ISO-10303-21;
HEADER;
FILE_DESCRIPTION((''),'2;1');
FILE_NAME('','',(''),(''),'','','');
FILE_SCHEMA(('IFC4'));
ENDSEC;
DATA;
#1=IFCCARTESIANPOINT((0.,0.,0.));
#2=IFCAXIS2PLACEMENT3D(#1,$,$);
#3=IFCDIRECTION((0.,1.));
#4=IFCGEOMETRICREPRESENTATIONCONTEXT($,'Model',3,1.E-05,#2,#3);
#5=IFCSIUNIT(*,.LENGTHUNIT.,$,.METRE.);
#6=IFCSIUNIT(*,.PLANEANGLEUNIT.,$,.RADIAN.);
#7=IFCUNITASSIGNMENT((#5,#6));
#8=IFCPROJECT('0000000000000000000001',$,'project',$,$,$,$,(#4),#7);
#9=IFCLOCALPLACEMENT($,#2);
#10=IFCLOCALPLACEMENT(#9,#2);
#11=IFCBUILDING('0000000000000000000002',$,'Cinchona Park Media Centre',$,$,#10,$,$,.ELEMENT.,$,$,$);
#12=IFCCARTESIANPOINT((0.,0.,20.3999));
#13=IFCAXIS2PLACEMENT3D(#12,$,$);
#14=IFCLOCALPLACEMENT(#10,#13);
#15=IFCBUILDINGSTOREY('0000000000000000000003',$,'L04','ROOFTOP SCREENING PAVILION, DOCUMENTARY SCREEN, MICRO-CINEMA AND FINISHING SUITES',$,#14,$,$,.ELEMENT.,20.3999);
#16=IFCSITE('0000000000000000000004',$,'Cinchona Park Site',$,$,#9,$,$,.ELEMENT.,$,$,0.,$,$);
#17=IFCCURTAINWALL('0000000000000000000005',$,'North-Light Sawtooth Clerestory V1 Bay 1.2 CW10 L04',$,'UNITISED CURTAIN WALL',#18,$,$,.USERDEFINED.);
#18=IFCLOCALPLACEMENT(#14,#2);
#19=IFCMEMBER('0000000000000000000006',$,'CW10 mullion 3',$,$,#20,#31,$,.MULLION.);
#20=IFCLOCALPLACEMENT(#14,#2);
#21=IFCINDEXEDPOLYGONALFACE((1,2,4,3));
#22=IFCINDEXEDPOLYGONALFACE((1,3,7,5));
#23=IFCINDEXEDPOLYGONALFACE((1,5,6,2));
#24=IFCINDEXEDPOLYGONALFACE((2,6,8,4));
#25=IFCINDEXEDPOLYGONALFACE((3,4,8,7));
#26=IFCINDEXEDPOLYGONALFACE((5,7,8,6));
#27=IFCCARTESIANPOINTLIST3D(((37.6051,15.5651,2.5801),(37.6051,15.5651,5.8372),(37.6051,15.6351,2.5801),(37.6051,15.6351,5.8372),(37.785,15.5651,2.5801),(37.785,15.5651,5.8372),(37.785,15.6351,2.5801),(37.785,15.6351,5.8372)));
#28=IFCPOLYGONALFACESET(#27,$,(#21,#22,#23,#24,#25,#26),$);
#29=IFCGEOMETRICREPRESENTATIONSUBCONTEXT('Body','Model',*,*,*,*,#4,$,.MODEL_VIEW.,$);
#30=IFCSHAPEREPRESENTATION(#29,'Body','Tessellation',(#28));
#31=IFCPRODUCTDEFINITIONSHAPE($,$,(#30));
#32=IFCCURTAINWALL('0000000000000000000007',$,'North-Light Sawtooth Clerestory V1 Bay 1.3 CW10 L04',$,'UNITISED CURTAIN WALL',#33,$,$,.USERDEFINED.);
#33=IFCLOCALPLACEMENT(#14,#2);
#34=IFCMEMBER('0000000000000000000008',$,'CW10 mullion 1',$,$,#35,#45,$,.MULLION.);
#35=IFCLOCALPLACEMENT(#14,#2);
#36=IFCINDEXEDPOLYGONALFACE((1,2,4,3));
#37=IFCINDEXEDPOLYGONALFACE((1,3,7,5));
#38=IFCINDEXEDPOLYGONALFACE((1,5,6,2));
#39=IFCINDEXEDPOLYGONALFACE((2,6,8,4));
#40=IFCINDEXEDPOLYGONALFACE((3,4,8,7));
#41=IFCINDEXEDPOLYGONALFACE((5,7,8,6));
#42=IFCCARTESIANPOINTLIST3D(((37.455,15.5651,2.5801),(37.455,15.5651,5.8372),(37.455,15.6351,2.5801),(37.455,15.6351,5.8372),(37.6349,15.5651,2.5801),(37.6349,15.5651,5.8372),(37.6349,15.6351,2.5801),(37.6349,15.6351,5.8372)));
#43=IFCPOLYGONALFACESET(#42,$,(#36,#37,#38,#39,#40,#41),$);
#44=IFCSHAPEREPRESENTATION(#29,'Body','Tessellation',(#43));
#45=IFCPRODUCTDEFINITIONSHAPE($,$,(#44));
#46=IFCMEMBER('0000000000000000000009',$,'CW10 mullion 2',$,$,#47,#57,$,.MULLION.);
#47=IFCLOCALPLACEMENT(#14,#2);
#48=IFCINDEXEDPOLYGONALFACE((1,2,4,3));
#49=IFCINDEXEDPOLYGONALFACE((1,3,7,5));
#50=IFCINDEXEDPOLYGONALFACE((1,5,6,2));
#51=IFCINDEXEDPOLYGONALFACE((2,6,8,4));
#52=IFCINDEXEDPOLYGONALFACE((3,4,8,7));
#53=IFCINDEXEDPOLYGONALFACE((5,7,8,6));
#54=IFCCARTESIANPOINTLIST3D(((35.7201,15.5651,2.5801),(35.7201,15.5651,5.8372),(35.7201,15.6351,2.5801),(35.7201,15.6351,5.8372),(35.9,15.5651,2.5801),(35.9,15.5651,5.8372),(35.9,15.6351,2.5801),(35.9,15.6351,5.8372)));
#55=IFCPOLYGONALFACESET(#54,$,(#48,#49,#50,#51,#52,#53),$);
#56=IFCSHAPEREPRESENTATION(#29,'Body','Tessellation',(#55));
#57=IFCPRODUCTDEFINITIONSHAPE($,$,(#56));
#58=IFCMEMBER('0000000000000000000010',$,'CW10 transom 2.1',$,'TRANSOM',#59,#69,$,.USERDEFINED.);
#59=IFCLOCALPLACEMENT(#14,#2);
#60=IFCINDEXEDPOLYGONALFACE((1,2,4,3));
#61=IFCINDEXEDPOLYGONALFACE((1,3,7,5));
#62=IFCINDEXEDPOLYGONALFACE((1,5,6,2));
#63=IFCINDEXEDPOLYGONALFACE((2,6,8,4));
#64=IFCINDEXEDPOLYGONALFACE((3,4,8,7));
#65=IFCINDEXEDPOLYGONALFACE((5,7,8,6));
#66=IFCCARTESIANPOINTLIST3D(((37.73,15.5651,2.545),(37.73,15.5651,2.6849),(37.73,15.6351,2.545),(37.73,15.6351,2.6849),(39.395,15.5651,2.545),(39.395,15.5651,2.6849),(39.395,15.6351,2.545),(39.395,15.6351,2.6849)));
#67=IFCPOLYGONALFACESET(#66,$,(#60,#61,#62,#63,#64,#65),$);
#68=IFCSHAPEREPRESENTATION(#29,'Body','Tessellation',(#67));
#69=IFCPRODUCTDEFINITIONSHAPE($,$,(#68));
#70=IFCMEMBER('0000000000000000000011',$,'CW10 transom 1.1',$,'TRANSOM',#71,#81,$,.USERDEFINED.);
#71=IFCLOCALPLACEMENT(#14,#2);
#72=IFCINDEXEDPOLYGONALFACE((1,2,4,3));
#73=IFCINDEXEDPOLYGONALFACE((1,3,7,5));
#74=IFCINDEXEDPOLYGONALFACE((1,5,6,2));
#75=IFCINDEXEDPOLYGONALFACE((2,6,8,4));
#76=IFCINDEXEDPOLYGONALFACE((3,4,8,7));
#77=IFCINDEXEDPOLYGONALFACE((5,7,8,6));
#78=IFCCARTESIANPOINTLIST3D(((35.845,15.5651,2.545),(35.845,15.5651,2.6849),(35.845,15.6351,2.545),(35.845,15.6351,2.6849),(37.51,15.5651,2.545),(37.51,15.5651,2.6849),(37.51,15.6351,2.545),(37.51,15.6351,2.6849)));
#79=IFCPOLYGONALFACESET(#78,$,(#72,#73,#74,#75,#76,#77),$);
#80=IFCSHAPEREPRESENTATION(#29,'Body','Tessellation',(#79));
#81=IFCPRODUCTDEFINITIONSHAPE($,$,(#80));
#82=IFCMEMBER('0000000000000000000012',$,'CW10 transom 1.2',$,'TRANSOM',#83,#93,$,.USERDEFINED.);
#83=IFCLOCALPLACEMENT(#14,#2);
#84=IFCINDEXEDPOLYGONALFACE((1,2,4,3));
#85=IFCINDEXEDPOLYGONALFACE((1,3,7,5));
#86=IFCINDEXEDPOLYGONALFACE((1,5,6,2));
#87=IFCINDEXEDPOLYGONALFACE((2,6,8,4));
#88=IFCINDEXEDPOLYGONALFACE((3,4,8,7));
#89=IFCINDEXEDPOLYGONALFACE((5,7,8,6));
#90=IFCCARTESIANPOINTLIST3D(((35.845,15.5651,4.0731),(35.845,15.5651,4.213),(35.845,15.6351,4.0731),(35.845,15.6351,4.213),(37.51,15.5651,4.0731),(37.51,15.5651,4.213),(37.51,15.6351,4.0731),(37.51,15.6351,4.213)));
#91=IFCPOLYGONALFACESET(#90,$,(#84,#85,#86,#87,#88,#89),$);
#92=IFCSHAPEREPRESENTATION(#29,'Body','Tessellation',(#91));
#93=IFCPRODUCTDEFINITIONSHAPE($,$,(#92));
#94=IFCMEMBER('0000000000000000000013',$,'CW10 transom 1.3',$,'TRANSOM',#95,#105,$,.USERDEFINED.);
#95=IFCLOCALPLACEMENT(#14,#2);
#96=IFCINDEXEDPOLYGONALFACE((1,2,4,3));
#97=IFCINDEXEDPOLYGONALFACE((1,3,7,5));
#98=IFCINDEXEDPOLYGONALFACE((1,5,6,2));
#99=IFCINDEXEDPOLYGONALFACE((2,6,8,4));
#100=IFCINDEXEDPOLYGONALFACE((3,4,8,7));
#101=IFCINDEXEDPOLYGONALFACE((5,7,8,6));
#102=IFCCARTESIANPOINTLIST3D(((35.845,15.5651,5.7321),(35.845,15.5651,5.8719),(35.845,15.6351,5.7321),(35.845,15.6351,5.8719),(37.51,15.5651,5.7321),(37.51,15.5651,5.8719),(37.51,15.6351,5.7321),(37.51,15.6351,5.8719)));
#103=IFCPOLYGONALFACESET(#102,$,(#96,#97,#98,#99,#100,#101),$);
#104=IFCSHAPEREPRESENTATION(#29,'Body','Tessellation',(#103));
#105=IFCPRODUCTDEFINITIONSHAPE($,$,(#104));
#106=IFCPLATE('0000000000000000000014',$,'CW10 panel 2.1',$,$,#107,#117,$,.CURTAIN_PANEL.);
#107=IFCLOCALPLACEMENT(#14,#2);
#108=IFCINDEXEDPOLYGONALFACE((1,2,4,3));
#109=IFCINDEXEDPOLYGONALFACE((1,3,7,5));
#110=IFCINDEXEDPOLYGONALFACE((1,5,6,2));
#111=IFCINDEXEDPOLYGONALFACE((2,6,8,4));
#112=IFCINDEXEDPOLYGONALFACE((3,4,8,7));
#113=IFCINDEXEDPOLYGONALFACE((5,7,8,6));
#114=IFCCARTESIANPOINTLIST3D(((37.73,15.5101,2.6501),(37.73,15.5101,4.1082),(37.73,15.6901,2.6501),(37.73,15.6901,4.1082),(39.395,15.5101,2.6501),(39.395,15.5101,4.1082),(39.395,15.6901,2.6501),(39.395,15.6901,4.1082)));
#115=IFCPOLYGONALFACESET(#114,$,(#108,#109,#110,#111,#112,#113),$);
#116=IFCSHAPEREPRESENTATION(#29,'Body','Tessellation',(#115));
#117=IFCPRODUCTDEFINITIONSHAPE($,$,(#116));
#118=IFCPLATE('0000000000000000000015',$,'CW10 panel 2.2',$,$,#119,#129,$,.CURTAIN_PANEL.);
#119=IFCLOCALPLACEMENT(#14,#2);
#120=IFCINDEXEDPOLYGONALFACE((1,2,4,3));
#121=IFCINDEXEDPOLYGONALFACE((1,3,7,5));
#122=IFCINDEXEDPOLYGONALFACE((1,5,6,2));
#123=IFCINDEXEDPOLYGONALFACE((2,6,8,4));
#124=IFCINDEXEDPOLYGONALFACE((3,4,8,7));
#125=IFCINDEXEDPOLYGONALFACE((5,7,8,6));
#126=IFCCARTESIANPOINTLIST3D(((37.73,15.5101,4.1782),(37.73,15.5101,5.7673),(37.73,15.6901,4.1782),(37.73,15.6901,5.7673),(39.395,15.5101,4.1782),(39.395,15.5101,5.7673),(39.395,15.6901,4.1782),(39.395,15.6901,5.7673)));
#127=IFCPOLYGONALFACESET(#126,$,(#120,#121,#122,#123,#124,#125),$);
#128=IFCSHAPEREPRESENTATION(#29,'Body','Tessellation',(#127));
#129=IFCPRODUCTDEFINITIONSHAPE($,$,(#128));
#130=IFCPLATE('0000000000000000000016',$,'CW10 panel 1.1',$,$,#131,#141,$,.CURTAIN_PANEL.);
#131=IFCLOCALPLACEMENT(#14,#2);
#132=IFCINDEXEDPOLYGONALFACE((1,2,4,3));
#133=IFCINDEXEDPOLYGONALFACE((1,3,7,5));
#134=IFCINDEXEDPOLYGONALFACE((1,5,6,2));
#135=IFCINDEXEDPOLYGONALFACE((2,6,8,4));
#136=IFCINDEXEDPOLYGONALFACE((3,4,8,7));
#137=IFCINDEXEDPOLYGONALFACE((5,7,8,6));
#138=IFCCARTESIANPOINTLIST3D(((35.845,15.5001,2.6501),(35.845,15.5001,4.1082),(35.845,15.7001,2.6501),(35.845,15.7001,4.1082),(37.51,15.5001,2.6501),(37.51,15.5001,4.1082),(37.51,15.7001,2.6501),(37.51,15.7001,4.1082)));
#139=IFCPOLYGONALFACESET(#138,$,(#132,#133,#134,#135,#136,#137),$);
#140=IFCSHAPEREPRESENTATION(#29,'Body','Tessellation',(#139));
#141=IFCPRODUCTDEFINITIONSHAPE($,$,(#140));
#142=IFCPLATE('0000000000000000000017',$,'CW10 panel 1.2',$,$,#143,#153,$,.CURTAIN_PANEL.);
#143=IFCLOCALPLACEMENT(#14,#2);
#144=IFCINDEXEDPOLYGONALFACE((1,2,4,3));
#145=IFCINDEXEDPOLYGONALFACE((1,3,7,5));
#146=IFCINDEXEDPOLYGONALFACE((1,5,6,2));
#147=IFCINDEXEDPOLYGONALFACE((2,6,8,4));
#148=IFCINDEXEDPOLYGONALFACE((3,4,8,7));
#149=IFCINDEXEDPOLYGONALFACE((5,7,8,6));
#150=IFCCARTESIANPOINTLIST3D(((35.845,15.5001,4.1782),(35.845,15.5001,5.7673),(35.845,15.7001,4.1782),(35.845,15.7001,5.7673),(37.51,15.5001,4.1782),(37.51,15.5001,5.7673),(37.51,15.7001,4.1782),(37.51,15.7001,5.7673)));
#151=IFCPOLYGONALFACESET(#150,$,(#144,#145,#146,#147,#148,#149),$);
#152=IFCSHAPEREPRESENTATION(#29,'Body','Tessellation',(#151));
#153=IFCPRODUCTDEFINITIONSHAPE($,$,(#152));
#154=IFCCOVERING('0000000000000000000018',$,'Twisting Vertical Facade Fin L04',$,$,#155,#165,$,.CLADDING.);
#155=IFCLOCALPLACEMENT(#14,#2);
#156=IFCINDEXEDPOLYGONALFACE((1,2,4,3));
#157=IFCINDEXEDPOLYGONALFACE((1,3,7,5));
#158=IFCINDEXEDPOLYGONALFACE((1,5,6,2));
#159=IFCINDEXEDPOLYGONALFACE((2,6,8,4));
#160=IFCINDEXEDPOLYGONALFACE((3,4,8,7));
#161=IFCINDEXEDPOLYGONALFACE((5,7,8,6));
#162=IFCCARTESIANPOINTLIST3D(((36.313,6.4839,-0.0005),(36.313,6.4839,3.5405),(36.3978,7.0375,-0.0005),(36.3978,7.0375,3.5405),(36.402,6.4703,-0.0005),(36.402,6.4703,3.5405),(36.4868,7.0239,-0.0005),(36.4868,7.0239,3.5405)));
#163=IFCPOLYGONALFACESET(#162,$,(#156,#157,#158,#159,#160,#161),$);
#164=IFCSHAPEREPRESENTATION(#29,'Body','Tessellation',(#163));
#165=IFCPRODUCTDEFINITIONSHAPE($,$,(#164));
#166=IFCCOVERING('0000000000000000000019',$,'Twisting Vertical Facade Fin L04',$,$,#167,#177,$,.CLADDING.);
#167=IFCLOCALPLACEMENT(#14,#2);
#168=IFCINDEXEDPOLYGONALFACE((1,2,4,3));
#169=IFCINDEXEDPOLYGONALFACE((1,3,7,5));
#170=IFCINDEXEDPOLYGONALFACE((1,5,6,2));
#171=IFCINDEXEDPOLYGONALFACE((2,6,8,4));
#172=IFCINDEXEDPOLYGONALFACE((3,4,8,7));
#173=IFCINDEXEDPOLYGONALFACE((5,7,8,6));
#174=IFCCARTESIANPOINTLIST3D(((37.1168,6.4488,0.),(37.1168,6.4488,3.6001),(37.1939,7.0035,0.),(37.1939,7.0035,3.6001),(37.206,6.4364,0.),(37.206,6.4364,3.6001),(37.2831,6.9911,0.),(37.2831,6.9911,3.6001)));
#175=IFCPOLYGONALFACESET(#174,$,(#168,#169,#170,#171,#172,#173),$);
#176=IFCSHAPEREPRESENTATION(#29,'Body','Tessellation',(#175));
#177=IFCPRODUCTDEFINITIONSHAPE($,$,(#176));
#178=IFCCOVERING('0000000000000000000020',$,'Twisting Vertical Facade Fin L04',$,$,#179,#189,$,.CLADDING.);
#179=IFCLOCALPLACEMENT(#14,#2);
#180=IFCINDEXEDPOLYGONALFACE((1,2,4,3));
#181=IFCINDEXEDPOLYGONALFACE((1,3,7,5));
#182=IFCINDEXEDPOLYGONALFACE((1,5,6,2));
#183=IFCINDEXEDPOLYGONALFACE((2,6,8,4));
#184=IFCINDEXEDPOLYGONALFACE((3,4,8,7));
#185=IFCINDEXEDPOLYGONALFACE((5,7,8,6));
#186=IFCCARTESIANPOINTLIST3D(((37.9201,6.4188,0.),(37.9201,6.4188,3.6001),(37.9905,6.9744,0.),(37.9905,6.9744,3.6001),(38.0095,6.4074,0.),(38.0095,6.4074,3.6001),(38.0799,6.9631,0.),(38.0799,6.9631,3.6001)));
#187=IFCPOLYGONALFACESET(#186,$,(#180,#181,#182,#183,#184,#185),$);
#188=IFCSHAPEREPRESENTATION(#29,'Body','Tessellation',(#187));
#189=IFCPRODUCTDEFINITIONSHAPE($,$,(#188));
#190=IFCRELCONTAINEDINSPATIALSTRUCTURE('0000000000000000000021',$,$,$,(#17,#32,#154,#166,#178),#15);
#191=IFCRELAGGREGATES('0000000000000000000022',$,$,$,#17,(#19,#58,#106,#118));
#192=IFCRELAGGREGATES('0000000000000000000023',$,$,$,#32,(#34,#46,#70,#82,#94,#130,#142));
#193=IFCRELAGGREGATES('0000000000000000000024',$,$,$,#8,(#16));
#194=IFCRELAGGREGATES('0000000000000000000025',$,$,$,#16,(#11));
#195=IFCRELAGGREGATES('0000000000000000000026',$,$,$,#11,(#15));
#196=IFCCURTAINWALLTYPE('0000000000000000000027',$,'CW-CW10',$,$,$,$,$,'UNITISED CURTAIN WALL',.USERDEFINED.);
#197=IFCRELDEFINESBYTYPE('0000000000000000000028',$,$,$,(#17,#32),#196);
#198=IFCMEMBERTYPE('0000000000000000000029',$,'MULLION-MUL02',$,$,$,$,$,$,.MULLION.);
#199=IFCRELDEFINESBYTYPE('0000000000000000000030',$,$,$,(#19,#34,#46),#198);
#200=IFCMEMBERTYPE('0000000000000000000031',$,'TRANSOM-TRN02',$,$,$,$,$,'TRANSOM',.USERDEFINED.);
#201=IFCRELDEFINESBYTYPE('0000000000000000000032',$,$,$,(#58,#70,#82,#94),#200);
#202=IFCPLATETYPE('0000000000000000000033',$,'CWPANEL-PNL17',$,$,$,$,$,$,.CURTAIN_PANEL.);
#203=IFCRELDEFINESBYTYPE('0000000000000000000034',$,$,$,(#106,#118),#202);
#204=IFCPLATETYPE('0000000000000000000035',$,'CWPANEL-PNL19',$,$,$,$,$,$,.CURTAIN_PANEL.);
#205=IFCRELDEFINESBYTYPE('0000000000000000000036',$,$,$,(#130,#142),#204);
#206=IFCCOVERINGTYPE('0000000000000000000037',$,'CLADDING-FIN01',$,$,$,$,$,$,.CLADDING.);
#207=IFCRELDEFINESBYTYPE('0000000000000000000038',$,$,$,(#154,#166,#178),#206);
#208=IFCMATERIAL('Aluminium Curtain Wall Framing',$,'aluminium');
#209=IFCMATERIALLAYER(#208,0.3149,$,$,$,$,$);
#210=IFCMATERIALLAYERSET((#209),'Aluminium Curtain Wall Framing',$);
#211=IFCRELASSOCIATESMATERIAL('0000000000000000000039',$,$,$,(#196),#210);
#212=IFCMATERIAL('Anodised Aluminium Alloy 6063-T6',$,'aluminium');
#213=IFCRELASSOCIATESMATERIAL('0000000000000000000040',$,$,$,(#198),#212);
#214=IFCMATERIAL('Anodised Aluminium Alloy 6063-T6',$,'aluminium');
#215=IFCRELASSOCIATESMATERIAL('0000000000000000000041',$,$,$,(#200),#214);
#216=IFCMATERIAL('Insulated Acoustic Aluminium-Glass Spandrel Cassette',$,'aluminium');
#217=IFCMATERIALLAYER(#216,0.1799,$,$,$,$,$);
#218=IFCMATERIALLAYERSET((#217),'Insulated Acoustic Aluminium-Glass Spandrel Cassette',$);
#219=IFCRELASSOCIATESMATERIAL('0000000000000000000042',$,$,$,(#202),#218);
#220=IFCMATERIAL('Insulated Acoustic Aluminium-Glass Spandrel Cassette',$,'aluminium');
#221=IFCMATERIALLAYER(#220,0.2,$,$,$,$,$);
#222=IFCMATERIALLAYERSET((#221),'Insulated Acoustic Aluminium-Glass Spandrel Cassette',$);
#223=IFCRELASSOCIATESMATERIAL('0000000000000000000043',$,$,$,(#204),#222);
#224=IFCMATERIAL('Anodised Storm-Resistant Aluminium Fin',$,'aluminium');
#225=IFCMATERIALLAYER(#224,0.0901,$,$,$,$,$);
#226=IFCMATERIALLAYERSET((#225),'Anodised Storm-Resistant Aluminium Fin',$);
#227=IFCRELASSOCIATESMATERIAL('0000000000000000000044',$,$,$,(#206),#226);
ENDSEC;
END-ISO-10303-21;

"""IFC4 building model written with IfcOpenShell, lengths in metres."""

from ifc_helpers import new_model, si_unit, direction, frame, origin, origin_2d, place, context, subcontext, project, spatial, rectangle, extrude, material, layer, layer_set, material_profile, profile_set, type_object, element, aggregate, save


model = new_model("IFC4")

# Units and contexts
model_context = context("Model", 3, precision=1e-05, world=origin(), true_north=direction((0.0, 1.0)))
body_context = subcontext(model_context, "Body", "Model", "MODEL_VIEW")
ifc_project = project(units=[si_unit("LENGTHUNIT", "METRE"), si_unit("PLANEANGLEUNIT", "RADIAN")], contexts=[model_context])

# Site, building, storey
site_placement = place(None, origin())
site = spatial("IfcSite", under=ifc_project, at=site_placement, Name="Cinchona Park Site", CompositionType="ELEMENT", RefElevation=0.0)
building_placement = place(site_placement, origin())
building = spatial("IfcBuilding", under=site, at=building_placement, Name="Cinchona Park Media Centre", CompositionType="ELEMENT")
storey_placement = place(building_placement, frame((0.0, 0.0, 20.3999)))
storey = spatial("IfcBuildingStorey", under=building, at=storey_placement, Name="L04", Description="ROOFTOP SCREENING PAVILION, DOCUMENTARY SCREEN, MICRO-CINEMA AND FINISHING SUITES", CompositionType="ELEMENT", Elevation=20.3999)

# Curtain wall, member
ifc_material_1 = material(Name="Aluminium Curtain Wall Framing", Category="aluminium")
ifc_layer_1 = layer(ifc_material_1, 0.3149)
ifc_layer_set_1 = layer_set([ifc_layer_1], Name="Aluminium Curtain Wall Framing")
curtain_wall_type = type_object("IfcCurtainWallType", Name="CW-CW10", ElementType="UNITISED CURTAIN WALL", PredefinedType="USERDEFINED", material=ifc_layer_set_1)
curtain_wall_1_placement = place(storey_placement, origin())
curtain_wall_1 = element("IfcCurtainWall", 1, at=curtain_wall_1_placement, inside=storey, type_object=curtain_wall_type, Name="North-Light Sawtooth Clerestory V1 Bay 1.2 CW10 L04", ObjectType="UNITISED CURTAIN WALL", PredefinedType="USERDEFINED")
ifc_material_2 = material(Name="Anodised Aluminium Alloy 6063-T6", Category="aluminium")
ifc_material_profile_1 = material_profile(ifc_material_2, rectangle(XDim=0.0701, YDim=0.1799, at=origin_2d()), Name="MUL-70X180")
ifc_profile_set_1 = profile_set([ifc_material_profile_1], Name="Anodised Aluminium Alloy 6063-T6")
member_type_1 = type_object("IfcMemberType", Name="MULLION-MUL02", PredefinedType="MULLION", material=ifc_profile_set_1)
member_1_placement = place(storey_placement, frame((37.6951, 15.6001, 2.5801), z_axis=(0.0, 0.0, 1.0), x_axis=(0.0, -1.0, 0.0)))
member_1 = element("IfcMember", 2, at=member_1_placement, type_object=member_type_1, Name="CW10 mullion 3", PredefinedType="MULLION", context=body_context, shape_type="SweptSolid", body=[
    extrude(rectangle(XDim=0.0701, YDim=0.1799, at=origin_2d()), origin(), (0.0, 0.0, 1.0), 3.2571),
])

# Curtain wall, members
curtain_wall_2_placement = place(storey_placement, origin())
curtain_wall_2 = element("IfcCurtainWall", 3, at=curtain_wall_2_placement, inside=storey, type_object=curtain_wall_type, Name="North-Light Sawtooth Clerestory V1 Bay 1.3 CW10 L04", ObjectType="UNITISED CURTAIN WALL", PredefinedType="USERDEFINED")
member_2_placement = place(storey_placement, frame((37.5449, 15.6001, 2.5801), z_axis=(0.0, 0.0, 1.0), x_axis=(0.0, -1.0, 0.0)))
member_2 = element("IfcMember", 4, at=member_2_placement, type_object=member_type_1, Name="CW10 mullion 1", PredefinedType="MULLION", context=body_context, shape_type="SweptSolid", body=[
    extrude(rectangle(XDim=0.0701, YDim=0.1799, at=origin_2d()), origin(), (0.0, 0.0, 1.0), 3.2571),
])
member_3_placement = place(storey_placement, frame((35.8101, 15.6001, 2.5801), z_axis=(0.0, 0.0, 1.0), x_axis=(0.0, -1.0, 0.0)))
member_3 = element("IfcMember", 5, at=member_3_placement, type_object=member_type_1, Name="CW10 mullion 2", PredefinedType="MULLION", context=body_context, shape_type="SweptSolid", body=[
    extrude(rectangle(XDim=0.0701, YDim=0.1799, at=origin_2d()), origin(), (0.0, 0.0, 1.0), 3.2571),
])

# Members
ifc_material_3 = material(Name="Anodised Aluminium Alloy 6063-T6", Category="aluminium")
ifc_material_profile_2 = material_profile(ifc_material_3, rectangle(XDim=0.0701, YDim=0.1399, at=origin_2d()), Name="TRN-70X140")
ifc_profile_set_2 = profile_set([ifc_material_profile_2], Name="Anodised Aluminium Alloy 6063-T6")
member_type_2 = type_object("IfcMemberType", Name="TRANSOM-TRN02", ElementType="TRANSOM", PredefinedType="USERDEFINED", material=ifc_profile_set_2)
member_4_placement = place(storey_placement, frame((39.395, 15.6001, 2.615), z_axis=(-1.0, 0.0, 0.0), x_axis=(0.0, -1.0, 0.0)))
member_4 = element("IfcMember", 6, at=member_4_placement, type_object=member_type_2, Name="CW10 transom 2.1", ObjectType="TRANSOM", PredefinedType="USERDEFINED", context=body_context, shape_type="SweptSolid", body=[
    extrude(rectangle(XDim=0.0701, YDim=0.1399, at=origin_2d()), origin(), (0.0, 0.0, 1.0), 1.665),
])
member_5_placement = place(storey_placement, frame((37.51, 15.6001, 2.615), z_axis=(-1.0, 0.0, 0.0), x_axis=(0.0, -1.0, 0.0)))
member_5 = element("IfcMember", 7, at=member_5_placement, type_object=member_type_2, Name="CW10 transom 1.1", ObjectType="TRANSOM", PredefinedType="USERDEFINED", context=body_context, shape_type="SweptSolid", body=[
    extrude(rectangle(XDim=0.0701, YDim=0.1399, at=origin_2d()), origin(), (0.0, 0.0, 1.0), 1.665),
])
member_6_placement = place(storey_placement, frame((37.51, 15.6001, 4.1431), z_axis=(-1.0, 0.0, 0.0), x_axis=(0.0, -1.0, 0.0)))
member_6 = element("IfcMember", 8, at=member_6_placement, type_object=member_type_2, Name="CW10 transom 1.2", ObjectType="TRANSOM", PredefinedType="USERDEFINED", context=body_context, shape_type="SweptSolid", body=[
    extrude(rectangle(XDim=0.0701, YDim=0.1399, at=origin_2d()), origin(), (0.0, 0.0, 1.0), 1.665),
])
member_7_placement = place(storey_placement, frame((37.51, 15.6001, 5.802), z_axis=(-1.0, 0.0, 0.0), x_axis=(0.0, -1.0, 0.0)))
member_7 = element("IfcMember", 9, at=member_7_placement, type_object=member_type_2, Name="CW10 transom 1.3", ObjectType="TRANSOM", PredefinedType="USERDEFINED", context=body_context, shape_type="SweptSolid", body=[
    extrude(rectangle(XDim=0.0701, YDim=0.1399, at=origin_2d()), origin(), (0.0, 0.0, 1.0), 1.665),
])

# Plates
ifc_material_4 = material(Name="Insulated Acoustic Aluminium-Glass Spandrel Cassette", Category="aluminium")
ifc_layer_2 = layer(ifc_material_4, 0.1799)
ifc_layer_set_2 = layer_set([ifc_layer_2], Name="Insulated Acoustic Aluminium-Glass Spandrel Cassette")
plate_type_1 = type_object("IfcPlateType", Name="CWPANEL-PNL17", PredefinedType="CURTAIN_PANEL", material=ifc_layer_set_2)
plate_1_placement = place(storey_placement, frame((38.5625, 15.6001, 2.6501), z_axis=(0.0, 0.0, 1.0), x_axis=(-1.0, 0.0, 0.0)))
plate_1 = element("IfcPlate", 10, at=plate_1_placement, type_object=plate_type_1, Name="CW10 panel 2.1", PredefinedType="CURTAIN_PANEL", context=body_context, shape_type="SweptSolid", body=[
    extrude(rectangle(XDim=1.665, YDim=0.1799, at=origin_2d()), origin(), (0.0, 0.0, 1.0), 1.458),
])
plate_2_placement = place(storey_placement, frame((38.5625, 15.6001, 4.1782), z_axis=(0.0, 0.0, 1.0), x_axis=(-1.0, 0.0, 0.0)))
plate_2 = element("IfcPlate", 11, at=plate_2_placement, type_object=plate_type_1, Name="CW10 panel 2.2", PredefinedType="CURTAIN_PANEL", context=body_context, shape_type="SweptSolid", body=[
    extrude(rectangle(XDim=1.665, YDim=0.1799, at=origin_2d()), origin(), (0.0, 0.0, 1.0), 1.5891),
])
aggregate(curtain_wall_1, [member_1, member_4, plate_1, plate_2])
ifc_material_5 = material(Name="Insulated Acoustic Aluminium-Glass Spandrel Cassette", Category="aluminium")
ifc_layer_3 = layer(ifc_material_5, 0.2)
ifc_layer_set_3 = layer_set([ifc_layer_3], Name="Insulated Acoustic Aluminium-Glass Spandrel Cassette")
plate_type_2 = type_object("IfcPlateType", Name="CWPANEL-PNL19", PredefinedType="CURTAIN_PANEL", material=ifc_layer_set_3)
plate_3_placement = place(storey_placement, frame((36.6775, 15.6001, 2.6501), z_axis=(0.0, 0.0, 1.0), x_axis=(-1.0, 0.0, 0.0)))
plate_3 = element("IfcPlate", 12, at=plate_3_placement, type_object=plate_type_2, Name="CW10 panel 1.1", PredefinedType="CURTAIN_PANEL", context=body_context, shape_type="SweptSolid", body=[
    extrude(rectangle(XDim=1.665, YDim=0.2, at=origin_2d()), origin(), (0.0, 0.0, 1.0), 1.458),
])
plate_4_placement = place(storey_placement, frame((36.6775, 15.6001, 4.1782), z_axis=(0.0, 0.0, 1.0), x_axis=(-1.0, 0.0, 0.0)))
plate_4 = element("IfcPlate", 13, at=plate_4_placement, type_object=plate_type_2, Name="CW10 panel 1.2", PredefinedType="CURTAIN_PANEL", context=body_context, shape_type="SweptSolid", body=[
    extrude(rectangle(XDim=1.665, YDim=0.2, at=origin_2d()), origin(), (0.0, 0.0, 1.0), 1.5891),
])
aggregate(curtain_wall_2, [member_2, member_3, member_5, member_6, member_7, plate_3, plate_4])

# Coverings
ifc_material_6 = material(Name="Anodised Storm-Resistant Aluminium Fin", Category="aluminium")
ifc_layer_4 = layer(ifc_material_6, 0.0901)
ifc_layer_set_4 = layer_set([ifc_layer_4], Name="Anodised Storm-Resistant Aluminium Fin")
covering_type = type_object("IfcCoveringType", Name="CLADDING-FIN01", PredefinedType="CLADDING", material=ifc_layer_set_4)
covering_placement = place(storey_placement, frame((36.3999, 6.7539, -0.0005), z_axis=(0.0, 0.0, 1.0), x_axis=(0.151433, 0.988467, 0.0)))
element("IfcCovering", 14, at=covering_placement, inside=storey, type_object=covering_type, Name="Twisting Vertical Facade Fin L04", PredefinedType="CLADDING", context=body_context, shape_type="SweptSolid", body=[
    extrude(rectangle(XDim=0.5601, YDim=0.0901, at=origin_2d()), origin(), (0.0, 0.0, 1.0), 3.541),
])
for number, where, z_axis, x_axis, name in (
    (15, (37.2, 6.72, 0.0), (0.0, 0.0, 1.0), (0.137617, 0.990485, 0.0), "Twisting Vertical Facade Fin L04"),
    (16, (38.0, 6.6909, 0.0), (0.0, 0.0, 1.0), (0.12568, 0.992071, 0.0), "Twisting Vertical Facade Fin L04"),
):
    element("IfcCovering", number, at=place(storey_placement, frame(where, z_axis=z_axis, x_axis=x_axis)), inside=storey, type_object=covering_type, Name=name, PredefinedType="CLADDING", context=body_context, shape_type="SweptSolid", body=[
        extrude(rectangle(XDim=0.5601, YDim=0.0901, at=origin_2d()), origin(), (0.0, 0.0, 1.0), 3.6001),
    ])

save(model, "model.ifc")
